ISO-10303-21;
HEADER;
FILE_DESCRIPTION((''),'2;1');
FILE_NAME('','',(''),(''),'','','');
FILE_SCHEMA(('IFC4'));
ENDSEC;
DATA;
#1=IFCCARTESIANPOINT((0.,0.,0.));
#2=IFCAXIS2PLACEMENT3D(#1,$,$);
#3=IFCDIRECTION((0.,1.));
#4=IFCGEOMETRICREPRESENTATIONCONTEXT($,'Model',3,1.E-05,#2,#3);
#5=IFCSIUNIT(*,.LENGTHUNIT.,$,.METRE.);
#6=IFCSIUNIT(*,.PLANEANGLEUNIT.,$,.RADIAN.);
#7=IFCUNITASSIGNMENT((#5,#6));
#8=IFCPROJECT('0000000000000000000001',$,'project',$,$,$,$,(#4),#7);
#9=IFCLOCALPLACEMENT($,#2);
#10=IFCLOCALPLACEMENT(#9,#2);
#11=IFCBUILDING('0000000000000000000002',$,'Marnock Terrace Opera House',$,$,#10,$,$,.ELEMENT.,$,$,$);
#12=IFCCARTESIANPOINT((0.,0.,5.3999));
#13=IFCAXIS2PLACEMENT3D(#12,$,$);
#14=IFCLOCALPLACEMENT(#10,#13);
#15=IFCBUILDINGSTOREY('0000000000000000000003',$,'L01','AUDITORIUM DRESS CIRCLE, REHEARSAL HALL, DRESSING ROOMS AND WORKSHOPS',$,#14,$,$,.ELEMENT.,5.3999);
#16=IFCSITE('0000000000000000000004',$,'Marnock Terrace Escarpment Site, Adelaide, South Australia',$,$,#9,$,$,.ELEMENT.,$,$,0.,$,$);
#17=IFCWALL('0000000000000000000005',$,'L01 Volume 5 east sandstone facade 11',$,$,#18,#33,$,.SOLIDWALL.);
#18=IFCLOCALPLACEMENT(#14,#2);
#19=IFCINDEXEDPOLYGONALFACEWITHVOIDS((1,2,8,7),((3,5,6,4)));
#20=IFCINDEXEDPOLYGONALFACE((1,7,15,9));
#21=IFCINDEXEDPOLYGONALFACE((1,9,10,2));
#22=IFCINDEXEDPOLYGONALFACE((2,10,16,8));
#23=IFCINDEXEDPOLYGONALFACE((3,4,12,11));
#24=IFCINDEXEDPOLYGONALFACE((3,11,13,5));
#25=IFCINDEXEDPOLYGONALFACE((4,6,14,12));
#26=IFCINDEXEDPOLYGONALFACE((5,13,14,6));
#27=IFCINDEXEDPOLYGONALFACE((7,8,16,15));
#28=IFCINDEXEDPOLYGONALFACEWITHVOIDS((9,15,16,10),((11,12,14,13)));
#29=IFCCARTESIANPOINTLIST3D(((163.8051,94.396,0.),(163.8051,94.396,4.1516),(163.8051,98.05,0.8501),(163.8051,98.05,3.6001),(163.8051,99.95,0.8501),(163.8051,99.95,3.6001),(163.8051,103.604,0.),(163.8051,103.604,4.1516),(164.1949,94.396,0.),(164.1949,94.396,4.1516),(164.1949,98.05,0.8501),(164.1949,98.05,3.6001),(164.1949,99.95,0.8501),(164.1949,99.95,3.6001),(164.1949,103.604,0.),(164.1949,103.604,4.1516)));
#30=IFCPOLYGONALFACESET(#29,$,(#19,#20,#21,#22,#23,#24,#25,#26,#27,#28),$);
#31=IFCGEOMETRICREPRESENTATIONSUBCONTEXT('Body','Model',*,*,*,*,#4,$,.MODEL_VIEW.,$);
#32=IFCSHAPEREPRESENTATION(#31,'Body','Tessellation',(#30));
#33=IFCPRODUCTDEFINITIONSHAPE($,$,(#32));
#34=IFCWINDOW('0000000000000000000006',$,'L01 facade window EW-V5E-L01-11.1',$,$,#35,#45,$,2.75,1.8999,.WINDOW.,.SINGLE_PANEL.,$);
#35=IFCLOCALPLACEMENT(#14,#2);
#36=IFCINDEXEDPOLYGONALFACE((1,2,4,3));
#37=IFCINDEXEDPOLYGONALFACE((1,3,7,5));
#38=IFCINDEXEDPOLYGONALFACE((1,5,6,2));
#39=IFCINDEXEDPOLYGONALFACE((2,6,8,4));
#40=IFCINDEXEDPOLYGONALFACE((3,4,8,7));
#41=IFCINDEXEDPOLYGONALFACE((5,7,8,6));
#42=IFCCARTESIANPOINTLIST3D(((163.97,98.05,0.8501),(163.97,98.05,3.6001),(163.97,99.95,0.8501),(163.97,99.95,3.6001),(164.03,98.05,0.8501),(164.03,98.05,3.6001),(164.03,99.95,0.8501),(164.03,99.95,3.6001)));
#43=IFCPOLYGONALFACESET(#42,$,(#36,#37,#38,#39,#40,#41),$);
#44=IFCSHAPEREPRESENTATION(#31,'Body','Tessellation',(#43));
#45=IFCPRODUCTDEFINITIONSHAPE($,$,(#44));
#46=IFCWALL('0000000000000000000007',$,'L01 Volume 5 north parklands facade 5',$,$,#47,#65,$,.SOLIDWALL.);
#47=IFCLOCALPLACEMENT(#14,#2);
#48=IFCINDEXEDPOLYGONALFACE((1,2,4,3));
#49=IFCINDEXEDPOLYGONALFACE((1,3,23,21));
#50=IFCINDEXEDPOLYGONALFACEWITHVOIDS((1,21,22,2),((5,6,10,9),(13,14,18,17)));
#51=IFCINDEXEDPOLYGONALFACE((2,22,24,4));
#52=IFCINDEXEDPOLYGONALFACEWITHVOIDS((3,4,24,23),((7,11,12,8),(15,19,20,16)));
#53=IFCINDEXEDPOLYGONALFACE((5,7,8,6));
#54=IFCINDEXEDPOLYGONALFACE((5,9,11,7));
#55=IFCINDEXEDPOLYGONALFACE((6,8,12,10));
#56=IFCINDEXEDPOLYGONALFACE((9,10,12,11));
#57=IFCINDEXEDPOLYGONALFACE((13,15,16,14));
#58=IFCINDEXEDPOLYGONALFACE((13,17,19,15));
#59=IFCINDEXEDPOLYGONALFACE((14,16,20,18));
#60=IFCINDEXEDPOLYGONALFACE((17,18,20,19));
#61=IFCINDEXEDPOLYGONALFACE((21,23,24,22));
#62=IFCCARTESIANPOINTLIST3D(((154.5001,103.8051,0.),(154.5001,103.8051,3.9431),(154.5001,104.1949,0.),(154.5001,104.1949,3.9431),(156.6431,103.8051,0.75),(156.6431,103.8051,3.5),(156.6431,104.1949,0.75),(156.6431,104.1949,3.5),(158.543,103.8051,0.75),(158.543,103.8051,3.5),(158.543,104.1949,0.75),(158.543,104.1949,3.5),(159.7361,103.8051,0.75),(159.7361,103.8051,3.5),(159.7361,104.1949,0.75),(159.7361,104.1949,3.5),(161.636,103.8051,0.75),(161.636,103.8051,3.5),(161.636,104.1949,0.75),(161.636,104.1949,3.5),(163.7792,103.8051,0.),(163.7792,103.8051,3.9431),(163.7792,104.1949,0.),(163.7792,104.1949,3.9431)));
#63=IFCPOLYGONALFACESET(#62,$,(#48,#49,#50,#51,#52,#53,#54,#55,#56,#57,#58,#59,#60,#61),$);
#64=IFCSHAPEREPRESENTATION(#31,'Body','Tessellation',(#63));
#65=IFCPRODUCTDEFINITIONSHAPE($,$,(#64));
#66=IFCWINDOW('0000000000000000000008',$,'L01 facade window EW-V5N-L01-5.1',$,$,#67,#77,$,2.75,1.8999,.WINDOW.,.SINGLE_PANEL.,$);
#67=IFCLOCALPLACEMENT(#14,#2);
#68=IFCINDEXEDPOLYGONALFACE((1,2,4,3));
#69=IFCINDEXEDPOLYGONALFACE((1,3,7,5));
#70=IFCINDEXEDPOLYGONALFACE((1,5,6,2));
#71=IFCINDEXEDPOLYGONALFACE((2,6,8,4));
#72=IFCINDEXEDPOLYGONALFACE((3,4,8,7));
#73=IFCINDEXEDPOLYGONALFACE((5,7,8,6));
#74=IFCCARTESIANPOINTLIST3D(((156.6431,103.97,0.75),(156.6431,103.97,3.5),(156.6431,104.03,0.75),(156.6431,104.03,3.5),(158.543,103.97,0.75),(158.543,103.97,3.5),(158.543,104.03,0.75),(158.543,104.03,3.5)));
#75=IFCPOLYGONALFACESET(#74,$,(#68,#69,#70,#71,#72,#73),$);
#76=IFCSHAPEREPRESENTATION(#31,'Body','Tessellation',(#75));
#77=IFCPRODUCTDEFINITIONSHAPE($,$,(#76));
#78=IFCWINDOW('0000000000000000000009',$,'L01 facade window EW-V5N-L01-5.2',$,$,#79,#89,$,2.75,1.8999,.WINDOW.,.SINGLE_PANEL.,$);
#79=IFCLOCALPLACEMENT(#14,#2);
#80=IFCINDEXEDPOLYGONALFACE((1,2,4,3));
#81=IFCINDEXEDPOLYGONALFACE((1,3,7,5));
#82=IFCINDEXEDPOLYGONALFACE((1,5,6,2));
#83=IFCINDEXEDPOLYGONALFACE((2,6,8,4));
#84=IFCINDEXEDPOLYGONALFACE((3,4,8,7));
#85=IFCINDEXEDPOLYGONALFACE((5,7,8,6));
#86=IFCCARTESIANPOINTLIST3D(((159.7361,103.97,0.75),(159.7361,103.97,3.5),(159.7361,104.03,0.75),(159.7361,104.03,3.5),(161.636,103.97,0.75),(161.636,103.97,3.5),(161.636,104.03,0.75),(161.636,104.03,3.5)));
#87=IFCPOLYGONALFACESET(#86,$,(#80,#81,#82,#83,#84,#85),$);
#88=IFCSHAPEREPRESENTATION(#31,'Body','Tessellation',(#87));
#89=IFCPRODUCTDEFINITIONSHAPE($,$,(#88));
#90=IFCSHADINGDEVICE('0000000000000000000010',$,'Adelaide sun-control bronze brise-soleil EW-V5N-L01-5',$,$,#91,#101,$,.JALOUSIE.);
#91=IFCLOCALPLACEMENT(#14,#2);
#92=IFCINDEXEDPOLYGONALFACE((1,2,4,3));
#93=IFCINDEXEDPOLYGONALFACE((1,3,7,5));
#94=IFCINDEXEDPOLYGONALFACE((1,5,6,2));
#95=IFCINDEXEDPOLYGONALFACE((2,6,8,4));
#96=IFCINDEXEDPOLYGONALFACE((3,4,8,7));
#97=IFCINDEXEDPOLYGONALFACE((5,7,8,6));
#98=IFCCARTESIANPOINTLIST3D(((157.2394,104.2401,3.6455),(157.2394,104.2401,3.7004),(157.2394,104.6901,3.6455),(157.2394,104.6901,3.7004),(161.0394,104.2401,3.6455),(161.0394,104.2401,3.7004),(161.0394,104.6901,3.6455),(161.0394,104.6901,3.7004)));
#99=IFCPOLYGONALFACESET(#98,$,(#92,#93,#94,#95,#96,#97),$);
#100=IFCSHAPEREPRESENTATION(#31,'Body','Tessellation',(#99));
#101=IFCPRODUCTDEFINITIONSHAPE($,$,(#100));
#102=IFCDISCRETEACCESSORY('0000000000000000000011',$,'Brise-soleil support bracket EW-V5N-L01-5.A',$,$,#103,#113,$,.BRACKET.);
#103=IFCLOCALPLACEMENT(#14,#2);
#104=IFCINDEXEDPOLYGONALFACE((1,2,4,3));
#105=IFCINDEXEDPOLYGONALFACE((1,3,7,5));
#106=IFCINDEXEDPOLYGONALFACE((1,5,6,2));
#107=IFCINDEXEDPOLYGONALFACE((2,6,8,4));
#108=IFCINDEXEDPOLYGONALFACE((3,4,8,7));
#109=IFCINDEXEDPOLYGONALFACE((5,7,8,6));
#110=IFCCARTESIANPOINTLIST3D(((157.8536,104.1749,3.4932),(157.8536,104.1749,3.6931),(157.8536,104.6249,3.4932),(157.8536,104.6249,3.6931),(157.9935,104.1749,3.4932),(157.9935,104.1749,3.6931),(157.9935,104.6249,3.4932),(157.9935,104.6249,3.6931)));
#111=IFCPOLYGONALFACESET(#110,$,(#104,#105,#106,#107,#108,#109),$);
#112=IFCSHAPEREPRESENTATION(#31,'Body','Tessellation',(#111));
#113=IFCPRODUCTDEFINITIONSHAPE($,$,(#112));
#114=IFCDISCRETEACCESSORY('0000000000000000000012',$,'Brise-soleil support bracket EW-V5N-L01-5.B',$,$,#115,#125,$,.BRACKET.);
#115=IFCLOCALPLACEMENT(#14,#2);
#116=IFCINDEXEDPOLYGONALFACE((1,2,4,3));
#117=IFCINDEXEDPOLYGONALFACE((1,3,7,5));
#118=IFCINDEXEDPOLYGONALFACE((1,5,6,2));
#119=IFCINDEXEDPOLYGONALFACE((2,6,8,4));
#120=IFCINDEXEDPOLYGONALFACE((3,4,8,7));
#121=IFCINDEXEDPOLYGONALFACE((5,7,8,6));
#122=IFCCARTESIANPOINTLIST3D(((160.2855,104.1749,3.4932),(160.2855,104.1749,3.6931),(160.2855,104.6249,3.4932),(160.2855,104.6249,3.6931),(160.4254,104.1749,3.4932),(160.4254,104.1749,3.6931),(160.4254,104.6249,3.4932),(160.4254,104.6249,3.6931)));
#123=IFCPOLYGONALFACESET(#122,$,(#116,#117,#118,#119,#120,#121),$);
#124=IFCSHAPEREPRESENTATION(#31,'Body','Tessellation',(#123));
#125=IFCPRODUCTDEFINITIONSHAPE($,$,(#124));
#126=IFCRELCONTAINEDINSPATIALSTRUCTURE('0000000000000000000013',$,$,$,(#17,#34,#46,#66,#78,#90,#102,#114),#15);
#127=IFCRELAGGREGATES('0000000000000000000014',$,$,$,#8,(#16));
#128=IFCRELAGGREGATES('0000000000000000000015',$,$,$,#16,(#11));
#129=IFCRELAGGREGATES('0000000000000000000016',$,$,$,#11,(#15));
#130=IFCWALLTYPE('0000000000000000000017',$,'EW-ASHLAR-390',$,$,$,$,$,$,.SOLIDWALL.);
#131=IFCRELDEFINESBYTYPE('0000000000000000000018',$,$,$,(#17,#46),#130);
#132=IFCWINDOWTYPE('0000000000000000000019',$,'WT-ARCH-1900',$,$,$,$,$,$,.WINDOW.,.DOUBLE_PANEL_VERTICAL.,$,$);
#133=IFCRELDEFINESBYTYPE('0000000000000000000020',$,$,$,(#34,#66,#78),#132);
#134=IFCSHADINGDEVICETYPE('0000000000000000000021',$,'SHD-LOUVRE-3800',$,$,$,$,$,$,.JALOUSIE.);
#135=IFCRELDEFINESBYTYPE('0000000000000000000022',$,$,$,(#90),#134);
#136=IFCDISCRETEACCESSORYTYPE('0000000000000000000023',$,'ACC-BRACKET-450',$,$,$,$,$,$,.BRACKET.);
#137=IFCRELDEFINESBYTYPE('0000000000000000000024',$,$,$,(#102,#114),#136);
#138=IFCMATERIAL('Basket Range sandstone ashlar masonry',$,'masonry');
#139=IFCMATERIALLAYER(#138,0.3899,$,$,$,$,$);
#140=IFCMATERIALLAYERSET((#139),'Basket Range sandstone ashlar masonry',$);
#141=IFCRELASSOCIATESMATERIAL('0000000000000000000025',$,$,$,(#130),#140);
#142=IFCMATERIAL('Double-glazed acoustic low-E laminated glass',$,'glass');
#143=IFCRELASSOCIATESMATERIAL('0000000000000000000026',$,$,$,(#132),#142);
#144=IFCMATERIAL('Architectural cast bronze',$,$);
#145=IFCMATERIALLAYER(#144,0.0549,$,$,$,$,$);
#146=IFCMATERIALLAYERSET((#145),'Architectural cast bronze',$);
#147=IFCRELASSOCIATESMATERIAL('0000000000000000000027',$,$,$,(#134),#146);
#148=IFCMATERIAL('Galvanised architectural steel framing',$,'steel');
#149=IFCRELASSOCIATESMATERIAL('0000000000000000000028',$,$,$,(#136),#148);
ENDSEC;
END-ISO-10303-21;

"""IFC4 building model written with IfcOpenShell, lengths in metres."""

from ifc_helpers import new_model, si_unit, direction, frame, frame_2d, origin, origin_2d, place, context, subcontext, project, spatial, rectangle, extrude, material, layer, layer_set, type_object, element, fill, save


model = new_model("IFC4")

# Units and contexts
model_context = context("Model", 3, precision=1e-05, world=origin(), true_north=direction((0.0, 1.0)))
body_context = subcontext(model_context, "Body", "Model", "MODEL_VIEW")
ifc_project = project(units=[si_unit("LENGTHUNIT", "METRE"), si_unit("PLANEANGLEUNIT", "RADIAN")], contexts=[model_context])

# Site, building, storey
site_placement = place(None, origin())
site = spatial("IfcSite", under=ifc_project, at=site_placement, Name="Marnock Terrace Escarpment Site, Adelaide, South Australia", CompositionType="ELEMENT", RefElevation=0.0)
building_placement = place(site_placement, origin())
building = spatial("IfcBuilding", under=site, at=building_placement, Name="Marnock Terrace Opera House", CompositionType="ELEMENT")
storey_placement = place(building_placement, frame((0.0, 0.0, 5.3999)))
storey = spatial("IfcBuildingStorey", under=building, at=storey_placement, Name="L01", Description="AUDITORIUM DRESS CIRCLE, REHEARSAL HALL, DRESSING ROOMS AND WORKSHOPS", CompositionType="ELEMENT", Elevation=5.3999)

# Wall, opening, window
ifc_material_1 = material(Name="Basket Range sandstone ashlar masonry", Category="masonry")
ifc_layer_1 = layer(ifc_material_1, 0.3899)
ifc_layer_set_1 = layer_set([ifc_layer_1], Name="Basket Range sandstone ashlar masonry")
wall_type = type_object("IfcWallType", Name="EW-ASHLAR-390", PredefinedType="SOLIDWALL", material=ifc_layer_set_1)
wall_1_placement = place(storey_placement, frame((164.0, 94.396, 0.0), z_axis=(0.0, 0.0, 1.0), x_axis=(0.0, 1.0, 0.0)))
wall_1 = element("IfcWall", 1, at=wall_1_placement, inside=storey, type_object=wall_type, Name="L01 Volume 5 east sandstone facade 11", PredefinedType="SOLIDWALL", context=body_context, shape_type="SweptSolid", body=[
    extrude(rectangle(XDim=9.208, YDim=0.3899, at=frame_2d((4.604, 0.0))), origin(), (0.0, 0.0, 1.0), 4.1516),
])
opening_1_placement = place(wall_1_placement, frame((3.6541, 0.0, 0.8501)))
opening_1 = element("IfcOpeningElement", 2, at=opening_1_placement, cuts=wall_1, PredefinedType="OPENING", context=body_context, shape_type="SweptSolid", body=[
    extrude(rectangle(XDim=1.8999, YDim=2.75, at=frame_2d((0.95, 1.375))), frame((0.0, 0.2048, 0.0), z_axis=(0.0, -1.0, 0.0), x_axis=(1.0, 0.0, 0.0)), (0.0, 0.0, 1.0), 0.4099),
])
ifc_material_2 = material(Name="Double-glazed acoustic low-E laminated glass", Category="glass")
window_type = type_object("IfcWindowType", Name="WT-ARCH-1900", PartitioningType="DOUBLE_PANEL_VERTICAL", PredefinedType="WINDOW", material=ifc_material_2)
window_1_placement = place(opening_1_placement, origin())
window_1 = element("IfcWindow", 3, at=window_1_placement, inside=storey, type_object=window_type, Name="L01 facade window EW-V5E-L01-11.1", OverallHeight=2.75, OverallWidth=1.8999, PartitioningType="SINGLE_PANEL", PredefinedType="WINDOW", context=body_context, shape_type="SweptSolid", body=[
    extrude(rectangle(XDim=1.8999, YDim=2.75, at=frame_2d((0.95, 1.375))), frame((0.0, 0.03, 0.0), z_axis=(0.0, -1.0, 0.0), x_axis=(1.0, 0.0, 0.0)), (0.0, 0.0, 1.0), 0.0601),
])
fill(opening_1, window_1)

# Wall, openings, windows
wall_2_placement = place(storey_placement, frame((154.5, 104.0, 0.0), z_axis=(0.0, 0.0, 1.0), x_axis=(1.0, 0.0, 0.0)))
wall_2 = element("IfcWall", 4, at=wall_2_placement, inside=storey, type_object=wall_type, Name="L01 Volume 5 north parklands facade 5", PredefinedType="SOLIDWALL", context=body_context, shape_type="SweptSolid", body=[
    extrude(rectangle(XDim=9.2791, YDim=0.3899, at=frame_2d((4.6396, 0.0))), origin(), (0.0, 0.0, 1.0), 3.9431),
])
opening_2_placement = place(wall_2_placement, frame((2.1431, 0.0, 0.75)))
opening_2 = element("IfcOpeningElement", 5, at=opening_2_placement, cuts=wall_2, PredefinedType="OPENING", context=body_context, shape_type="SweptSolid", body=[
    extrude(rectangle(XDim=1.8999, YDim=2.75, at=frame_2d((0.95, 1.375))), frame((0.0, 0.2048, 0.0), z_axis=(0.0, -1.0, 0.0), x_axis=(1.0, 0.0, 0.0)), (0.0, 0.0, 1.0), 0.4099),
])
opening_3_placement = place(wall_2_placement, frame((5.2361, 0.0, 0.75)))
opening_3 = element("IfcOpeningElement", 6, at=opening_3_placement, cuts=wall_2, PredefinedType="OPENING", context=body_context, shape_type="SweptSolid", body=[
    extrude(rectangle(XDim=1.8999, YDim=2.75, at=frame_2d((0.95, 1.375))), frame((0.0, 0.2048, 0.0), z_axis=(0.0, -1.0, 0.0), x_axis=(1.0, 0.0, 0.0)), (0.0, 0.0, 1.0), 0.4099),
])
window_2_placement = place(opening_2_placement, origin())
window_2 = element("IfcWindow", 7, at=window_2_placement, inside=storey, type_object=window_type, Name="L01 facade window EW-V5N-L01-5.1", OverallHeight=2.75, OverallWidth=1.8999, PartitioningType="SINGLE_PANEL", PredefinedType="WINDOW", context=body_context, shape_type="SweptSolid", body=[
    extrude(rectangle(XDim=1.8999, YDim=2.75, at=frame_2d((0.95, 1.375))), frame((0.0, 0.03, 0.0), z_axis=(0.0, -1.0, 0.0), x_axis=(1.0, 0.0, 0.0)), (0.0, 0.0, 1.0), 0.0601),
])
fill(opening_2, window_2)
window_3_placement = place(opening_3_placement, origin())
window_3 = element("IfcWindow", 8, at=window_3_placement, inside=storey, type_object=window_type, Name="L01 facade window EW-V5N-L01-5.2", OverallHeight=2.75, OverallWidth=1.8999, PartitioningType="SINGLE_PANEL", PredefinedType="WINDOW", context=body_context, shape_type="SweptSolid", body=[
    extrude(rectangle(XDim=1.8999, YDim=2.75, at=frame_2d((0.95, 1.375))), frame((0.0, 0.03, 0.0), z_axis=(0.0, -1.0, 0.0), x_axis=(1.0, 0.0, 0.0)), (0.0, 0.0, 1.0), 0.0601),
])
fill(opening_3, window_3)

# Shading device
ifc_material_3 = material(Name="Architectural cast bronze")
ifc_layer_2 = layer(ifc_material_3, 0.0549)
ifc_layer_set_2 = layer_set([ifc_layer_2], Name="Architectural cast bronze")
shading_device_type = type_object("IfcShadingDeviceType", Name="SHD-LOUVRE-3800", PredefinedType="JALOUSIE", material=ifc_layer_set_2)
shading_device_placement = place(storey_placement, frame((159.1394, 104.4651, 3.6455), z_axis=(0.0, 0.0, 1.0), x_axis=(1.0, 0.0, 0.0)))
element("IfcShadingDevice", 9, at=shading_device_placement, inside=storey, type_object=shading_device_type, Name="Adelaide sun-control bronze brise-soleil EW-V5N-L01-5", PredefinedType="JALOUSIE", context=body_context, shape_type="SweptSolid", body=[
    extrude(rectangle(XDim=3.8, YDim=0.45, at=origin_2d()), origin(), (0.0, 0.0, 1.0), 0.0549),
])

# Discrete accessories
ifc_material_4 = material(Name="Galvanised architectural steel framing", Category="steel")
discrete_accessory_type = type_object("IfcDiscreteAccessoryType", Name="ACC-BRACKET-450", PredefinedType="BRACKET", material=ifc_material_4)
for number, where, z_axis, x_axis, name in (
    (10, (157.9236, 104.3999, 3.4932), (0.0, 0.0, 1.0), (1.0, 0.0, 0.0), "Brise-soleil support bracket EW-V5N-L01-5.A"),
    (11, (160.3555, 104.3999, 3.4932), (0.0, 0.0, 1.0), (1.0, 0.0, 0.0), "Brise-soleil support bracket EW-V5N-L01-5.B"),
):
    element("IfcDiscreteAccessory", number, at=place(storey_placement, frame(where, z_axis=z_axis, x_axis=x_axis)), inside=storey, type_object=discrete_accessory_type, Name=name, PredefinedType="BRACKET", context=body_context, shape_type="SweptSolid", body=[
        extrude(rectangle(XDim=0.1399, YDim=0.45, at=origin_2d()), origin(), (0.0, 0.0, 1.0), 0.2),
    ])

save(model, "model.ifc")
